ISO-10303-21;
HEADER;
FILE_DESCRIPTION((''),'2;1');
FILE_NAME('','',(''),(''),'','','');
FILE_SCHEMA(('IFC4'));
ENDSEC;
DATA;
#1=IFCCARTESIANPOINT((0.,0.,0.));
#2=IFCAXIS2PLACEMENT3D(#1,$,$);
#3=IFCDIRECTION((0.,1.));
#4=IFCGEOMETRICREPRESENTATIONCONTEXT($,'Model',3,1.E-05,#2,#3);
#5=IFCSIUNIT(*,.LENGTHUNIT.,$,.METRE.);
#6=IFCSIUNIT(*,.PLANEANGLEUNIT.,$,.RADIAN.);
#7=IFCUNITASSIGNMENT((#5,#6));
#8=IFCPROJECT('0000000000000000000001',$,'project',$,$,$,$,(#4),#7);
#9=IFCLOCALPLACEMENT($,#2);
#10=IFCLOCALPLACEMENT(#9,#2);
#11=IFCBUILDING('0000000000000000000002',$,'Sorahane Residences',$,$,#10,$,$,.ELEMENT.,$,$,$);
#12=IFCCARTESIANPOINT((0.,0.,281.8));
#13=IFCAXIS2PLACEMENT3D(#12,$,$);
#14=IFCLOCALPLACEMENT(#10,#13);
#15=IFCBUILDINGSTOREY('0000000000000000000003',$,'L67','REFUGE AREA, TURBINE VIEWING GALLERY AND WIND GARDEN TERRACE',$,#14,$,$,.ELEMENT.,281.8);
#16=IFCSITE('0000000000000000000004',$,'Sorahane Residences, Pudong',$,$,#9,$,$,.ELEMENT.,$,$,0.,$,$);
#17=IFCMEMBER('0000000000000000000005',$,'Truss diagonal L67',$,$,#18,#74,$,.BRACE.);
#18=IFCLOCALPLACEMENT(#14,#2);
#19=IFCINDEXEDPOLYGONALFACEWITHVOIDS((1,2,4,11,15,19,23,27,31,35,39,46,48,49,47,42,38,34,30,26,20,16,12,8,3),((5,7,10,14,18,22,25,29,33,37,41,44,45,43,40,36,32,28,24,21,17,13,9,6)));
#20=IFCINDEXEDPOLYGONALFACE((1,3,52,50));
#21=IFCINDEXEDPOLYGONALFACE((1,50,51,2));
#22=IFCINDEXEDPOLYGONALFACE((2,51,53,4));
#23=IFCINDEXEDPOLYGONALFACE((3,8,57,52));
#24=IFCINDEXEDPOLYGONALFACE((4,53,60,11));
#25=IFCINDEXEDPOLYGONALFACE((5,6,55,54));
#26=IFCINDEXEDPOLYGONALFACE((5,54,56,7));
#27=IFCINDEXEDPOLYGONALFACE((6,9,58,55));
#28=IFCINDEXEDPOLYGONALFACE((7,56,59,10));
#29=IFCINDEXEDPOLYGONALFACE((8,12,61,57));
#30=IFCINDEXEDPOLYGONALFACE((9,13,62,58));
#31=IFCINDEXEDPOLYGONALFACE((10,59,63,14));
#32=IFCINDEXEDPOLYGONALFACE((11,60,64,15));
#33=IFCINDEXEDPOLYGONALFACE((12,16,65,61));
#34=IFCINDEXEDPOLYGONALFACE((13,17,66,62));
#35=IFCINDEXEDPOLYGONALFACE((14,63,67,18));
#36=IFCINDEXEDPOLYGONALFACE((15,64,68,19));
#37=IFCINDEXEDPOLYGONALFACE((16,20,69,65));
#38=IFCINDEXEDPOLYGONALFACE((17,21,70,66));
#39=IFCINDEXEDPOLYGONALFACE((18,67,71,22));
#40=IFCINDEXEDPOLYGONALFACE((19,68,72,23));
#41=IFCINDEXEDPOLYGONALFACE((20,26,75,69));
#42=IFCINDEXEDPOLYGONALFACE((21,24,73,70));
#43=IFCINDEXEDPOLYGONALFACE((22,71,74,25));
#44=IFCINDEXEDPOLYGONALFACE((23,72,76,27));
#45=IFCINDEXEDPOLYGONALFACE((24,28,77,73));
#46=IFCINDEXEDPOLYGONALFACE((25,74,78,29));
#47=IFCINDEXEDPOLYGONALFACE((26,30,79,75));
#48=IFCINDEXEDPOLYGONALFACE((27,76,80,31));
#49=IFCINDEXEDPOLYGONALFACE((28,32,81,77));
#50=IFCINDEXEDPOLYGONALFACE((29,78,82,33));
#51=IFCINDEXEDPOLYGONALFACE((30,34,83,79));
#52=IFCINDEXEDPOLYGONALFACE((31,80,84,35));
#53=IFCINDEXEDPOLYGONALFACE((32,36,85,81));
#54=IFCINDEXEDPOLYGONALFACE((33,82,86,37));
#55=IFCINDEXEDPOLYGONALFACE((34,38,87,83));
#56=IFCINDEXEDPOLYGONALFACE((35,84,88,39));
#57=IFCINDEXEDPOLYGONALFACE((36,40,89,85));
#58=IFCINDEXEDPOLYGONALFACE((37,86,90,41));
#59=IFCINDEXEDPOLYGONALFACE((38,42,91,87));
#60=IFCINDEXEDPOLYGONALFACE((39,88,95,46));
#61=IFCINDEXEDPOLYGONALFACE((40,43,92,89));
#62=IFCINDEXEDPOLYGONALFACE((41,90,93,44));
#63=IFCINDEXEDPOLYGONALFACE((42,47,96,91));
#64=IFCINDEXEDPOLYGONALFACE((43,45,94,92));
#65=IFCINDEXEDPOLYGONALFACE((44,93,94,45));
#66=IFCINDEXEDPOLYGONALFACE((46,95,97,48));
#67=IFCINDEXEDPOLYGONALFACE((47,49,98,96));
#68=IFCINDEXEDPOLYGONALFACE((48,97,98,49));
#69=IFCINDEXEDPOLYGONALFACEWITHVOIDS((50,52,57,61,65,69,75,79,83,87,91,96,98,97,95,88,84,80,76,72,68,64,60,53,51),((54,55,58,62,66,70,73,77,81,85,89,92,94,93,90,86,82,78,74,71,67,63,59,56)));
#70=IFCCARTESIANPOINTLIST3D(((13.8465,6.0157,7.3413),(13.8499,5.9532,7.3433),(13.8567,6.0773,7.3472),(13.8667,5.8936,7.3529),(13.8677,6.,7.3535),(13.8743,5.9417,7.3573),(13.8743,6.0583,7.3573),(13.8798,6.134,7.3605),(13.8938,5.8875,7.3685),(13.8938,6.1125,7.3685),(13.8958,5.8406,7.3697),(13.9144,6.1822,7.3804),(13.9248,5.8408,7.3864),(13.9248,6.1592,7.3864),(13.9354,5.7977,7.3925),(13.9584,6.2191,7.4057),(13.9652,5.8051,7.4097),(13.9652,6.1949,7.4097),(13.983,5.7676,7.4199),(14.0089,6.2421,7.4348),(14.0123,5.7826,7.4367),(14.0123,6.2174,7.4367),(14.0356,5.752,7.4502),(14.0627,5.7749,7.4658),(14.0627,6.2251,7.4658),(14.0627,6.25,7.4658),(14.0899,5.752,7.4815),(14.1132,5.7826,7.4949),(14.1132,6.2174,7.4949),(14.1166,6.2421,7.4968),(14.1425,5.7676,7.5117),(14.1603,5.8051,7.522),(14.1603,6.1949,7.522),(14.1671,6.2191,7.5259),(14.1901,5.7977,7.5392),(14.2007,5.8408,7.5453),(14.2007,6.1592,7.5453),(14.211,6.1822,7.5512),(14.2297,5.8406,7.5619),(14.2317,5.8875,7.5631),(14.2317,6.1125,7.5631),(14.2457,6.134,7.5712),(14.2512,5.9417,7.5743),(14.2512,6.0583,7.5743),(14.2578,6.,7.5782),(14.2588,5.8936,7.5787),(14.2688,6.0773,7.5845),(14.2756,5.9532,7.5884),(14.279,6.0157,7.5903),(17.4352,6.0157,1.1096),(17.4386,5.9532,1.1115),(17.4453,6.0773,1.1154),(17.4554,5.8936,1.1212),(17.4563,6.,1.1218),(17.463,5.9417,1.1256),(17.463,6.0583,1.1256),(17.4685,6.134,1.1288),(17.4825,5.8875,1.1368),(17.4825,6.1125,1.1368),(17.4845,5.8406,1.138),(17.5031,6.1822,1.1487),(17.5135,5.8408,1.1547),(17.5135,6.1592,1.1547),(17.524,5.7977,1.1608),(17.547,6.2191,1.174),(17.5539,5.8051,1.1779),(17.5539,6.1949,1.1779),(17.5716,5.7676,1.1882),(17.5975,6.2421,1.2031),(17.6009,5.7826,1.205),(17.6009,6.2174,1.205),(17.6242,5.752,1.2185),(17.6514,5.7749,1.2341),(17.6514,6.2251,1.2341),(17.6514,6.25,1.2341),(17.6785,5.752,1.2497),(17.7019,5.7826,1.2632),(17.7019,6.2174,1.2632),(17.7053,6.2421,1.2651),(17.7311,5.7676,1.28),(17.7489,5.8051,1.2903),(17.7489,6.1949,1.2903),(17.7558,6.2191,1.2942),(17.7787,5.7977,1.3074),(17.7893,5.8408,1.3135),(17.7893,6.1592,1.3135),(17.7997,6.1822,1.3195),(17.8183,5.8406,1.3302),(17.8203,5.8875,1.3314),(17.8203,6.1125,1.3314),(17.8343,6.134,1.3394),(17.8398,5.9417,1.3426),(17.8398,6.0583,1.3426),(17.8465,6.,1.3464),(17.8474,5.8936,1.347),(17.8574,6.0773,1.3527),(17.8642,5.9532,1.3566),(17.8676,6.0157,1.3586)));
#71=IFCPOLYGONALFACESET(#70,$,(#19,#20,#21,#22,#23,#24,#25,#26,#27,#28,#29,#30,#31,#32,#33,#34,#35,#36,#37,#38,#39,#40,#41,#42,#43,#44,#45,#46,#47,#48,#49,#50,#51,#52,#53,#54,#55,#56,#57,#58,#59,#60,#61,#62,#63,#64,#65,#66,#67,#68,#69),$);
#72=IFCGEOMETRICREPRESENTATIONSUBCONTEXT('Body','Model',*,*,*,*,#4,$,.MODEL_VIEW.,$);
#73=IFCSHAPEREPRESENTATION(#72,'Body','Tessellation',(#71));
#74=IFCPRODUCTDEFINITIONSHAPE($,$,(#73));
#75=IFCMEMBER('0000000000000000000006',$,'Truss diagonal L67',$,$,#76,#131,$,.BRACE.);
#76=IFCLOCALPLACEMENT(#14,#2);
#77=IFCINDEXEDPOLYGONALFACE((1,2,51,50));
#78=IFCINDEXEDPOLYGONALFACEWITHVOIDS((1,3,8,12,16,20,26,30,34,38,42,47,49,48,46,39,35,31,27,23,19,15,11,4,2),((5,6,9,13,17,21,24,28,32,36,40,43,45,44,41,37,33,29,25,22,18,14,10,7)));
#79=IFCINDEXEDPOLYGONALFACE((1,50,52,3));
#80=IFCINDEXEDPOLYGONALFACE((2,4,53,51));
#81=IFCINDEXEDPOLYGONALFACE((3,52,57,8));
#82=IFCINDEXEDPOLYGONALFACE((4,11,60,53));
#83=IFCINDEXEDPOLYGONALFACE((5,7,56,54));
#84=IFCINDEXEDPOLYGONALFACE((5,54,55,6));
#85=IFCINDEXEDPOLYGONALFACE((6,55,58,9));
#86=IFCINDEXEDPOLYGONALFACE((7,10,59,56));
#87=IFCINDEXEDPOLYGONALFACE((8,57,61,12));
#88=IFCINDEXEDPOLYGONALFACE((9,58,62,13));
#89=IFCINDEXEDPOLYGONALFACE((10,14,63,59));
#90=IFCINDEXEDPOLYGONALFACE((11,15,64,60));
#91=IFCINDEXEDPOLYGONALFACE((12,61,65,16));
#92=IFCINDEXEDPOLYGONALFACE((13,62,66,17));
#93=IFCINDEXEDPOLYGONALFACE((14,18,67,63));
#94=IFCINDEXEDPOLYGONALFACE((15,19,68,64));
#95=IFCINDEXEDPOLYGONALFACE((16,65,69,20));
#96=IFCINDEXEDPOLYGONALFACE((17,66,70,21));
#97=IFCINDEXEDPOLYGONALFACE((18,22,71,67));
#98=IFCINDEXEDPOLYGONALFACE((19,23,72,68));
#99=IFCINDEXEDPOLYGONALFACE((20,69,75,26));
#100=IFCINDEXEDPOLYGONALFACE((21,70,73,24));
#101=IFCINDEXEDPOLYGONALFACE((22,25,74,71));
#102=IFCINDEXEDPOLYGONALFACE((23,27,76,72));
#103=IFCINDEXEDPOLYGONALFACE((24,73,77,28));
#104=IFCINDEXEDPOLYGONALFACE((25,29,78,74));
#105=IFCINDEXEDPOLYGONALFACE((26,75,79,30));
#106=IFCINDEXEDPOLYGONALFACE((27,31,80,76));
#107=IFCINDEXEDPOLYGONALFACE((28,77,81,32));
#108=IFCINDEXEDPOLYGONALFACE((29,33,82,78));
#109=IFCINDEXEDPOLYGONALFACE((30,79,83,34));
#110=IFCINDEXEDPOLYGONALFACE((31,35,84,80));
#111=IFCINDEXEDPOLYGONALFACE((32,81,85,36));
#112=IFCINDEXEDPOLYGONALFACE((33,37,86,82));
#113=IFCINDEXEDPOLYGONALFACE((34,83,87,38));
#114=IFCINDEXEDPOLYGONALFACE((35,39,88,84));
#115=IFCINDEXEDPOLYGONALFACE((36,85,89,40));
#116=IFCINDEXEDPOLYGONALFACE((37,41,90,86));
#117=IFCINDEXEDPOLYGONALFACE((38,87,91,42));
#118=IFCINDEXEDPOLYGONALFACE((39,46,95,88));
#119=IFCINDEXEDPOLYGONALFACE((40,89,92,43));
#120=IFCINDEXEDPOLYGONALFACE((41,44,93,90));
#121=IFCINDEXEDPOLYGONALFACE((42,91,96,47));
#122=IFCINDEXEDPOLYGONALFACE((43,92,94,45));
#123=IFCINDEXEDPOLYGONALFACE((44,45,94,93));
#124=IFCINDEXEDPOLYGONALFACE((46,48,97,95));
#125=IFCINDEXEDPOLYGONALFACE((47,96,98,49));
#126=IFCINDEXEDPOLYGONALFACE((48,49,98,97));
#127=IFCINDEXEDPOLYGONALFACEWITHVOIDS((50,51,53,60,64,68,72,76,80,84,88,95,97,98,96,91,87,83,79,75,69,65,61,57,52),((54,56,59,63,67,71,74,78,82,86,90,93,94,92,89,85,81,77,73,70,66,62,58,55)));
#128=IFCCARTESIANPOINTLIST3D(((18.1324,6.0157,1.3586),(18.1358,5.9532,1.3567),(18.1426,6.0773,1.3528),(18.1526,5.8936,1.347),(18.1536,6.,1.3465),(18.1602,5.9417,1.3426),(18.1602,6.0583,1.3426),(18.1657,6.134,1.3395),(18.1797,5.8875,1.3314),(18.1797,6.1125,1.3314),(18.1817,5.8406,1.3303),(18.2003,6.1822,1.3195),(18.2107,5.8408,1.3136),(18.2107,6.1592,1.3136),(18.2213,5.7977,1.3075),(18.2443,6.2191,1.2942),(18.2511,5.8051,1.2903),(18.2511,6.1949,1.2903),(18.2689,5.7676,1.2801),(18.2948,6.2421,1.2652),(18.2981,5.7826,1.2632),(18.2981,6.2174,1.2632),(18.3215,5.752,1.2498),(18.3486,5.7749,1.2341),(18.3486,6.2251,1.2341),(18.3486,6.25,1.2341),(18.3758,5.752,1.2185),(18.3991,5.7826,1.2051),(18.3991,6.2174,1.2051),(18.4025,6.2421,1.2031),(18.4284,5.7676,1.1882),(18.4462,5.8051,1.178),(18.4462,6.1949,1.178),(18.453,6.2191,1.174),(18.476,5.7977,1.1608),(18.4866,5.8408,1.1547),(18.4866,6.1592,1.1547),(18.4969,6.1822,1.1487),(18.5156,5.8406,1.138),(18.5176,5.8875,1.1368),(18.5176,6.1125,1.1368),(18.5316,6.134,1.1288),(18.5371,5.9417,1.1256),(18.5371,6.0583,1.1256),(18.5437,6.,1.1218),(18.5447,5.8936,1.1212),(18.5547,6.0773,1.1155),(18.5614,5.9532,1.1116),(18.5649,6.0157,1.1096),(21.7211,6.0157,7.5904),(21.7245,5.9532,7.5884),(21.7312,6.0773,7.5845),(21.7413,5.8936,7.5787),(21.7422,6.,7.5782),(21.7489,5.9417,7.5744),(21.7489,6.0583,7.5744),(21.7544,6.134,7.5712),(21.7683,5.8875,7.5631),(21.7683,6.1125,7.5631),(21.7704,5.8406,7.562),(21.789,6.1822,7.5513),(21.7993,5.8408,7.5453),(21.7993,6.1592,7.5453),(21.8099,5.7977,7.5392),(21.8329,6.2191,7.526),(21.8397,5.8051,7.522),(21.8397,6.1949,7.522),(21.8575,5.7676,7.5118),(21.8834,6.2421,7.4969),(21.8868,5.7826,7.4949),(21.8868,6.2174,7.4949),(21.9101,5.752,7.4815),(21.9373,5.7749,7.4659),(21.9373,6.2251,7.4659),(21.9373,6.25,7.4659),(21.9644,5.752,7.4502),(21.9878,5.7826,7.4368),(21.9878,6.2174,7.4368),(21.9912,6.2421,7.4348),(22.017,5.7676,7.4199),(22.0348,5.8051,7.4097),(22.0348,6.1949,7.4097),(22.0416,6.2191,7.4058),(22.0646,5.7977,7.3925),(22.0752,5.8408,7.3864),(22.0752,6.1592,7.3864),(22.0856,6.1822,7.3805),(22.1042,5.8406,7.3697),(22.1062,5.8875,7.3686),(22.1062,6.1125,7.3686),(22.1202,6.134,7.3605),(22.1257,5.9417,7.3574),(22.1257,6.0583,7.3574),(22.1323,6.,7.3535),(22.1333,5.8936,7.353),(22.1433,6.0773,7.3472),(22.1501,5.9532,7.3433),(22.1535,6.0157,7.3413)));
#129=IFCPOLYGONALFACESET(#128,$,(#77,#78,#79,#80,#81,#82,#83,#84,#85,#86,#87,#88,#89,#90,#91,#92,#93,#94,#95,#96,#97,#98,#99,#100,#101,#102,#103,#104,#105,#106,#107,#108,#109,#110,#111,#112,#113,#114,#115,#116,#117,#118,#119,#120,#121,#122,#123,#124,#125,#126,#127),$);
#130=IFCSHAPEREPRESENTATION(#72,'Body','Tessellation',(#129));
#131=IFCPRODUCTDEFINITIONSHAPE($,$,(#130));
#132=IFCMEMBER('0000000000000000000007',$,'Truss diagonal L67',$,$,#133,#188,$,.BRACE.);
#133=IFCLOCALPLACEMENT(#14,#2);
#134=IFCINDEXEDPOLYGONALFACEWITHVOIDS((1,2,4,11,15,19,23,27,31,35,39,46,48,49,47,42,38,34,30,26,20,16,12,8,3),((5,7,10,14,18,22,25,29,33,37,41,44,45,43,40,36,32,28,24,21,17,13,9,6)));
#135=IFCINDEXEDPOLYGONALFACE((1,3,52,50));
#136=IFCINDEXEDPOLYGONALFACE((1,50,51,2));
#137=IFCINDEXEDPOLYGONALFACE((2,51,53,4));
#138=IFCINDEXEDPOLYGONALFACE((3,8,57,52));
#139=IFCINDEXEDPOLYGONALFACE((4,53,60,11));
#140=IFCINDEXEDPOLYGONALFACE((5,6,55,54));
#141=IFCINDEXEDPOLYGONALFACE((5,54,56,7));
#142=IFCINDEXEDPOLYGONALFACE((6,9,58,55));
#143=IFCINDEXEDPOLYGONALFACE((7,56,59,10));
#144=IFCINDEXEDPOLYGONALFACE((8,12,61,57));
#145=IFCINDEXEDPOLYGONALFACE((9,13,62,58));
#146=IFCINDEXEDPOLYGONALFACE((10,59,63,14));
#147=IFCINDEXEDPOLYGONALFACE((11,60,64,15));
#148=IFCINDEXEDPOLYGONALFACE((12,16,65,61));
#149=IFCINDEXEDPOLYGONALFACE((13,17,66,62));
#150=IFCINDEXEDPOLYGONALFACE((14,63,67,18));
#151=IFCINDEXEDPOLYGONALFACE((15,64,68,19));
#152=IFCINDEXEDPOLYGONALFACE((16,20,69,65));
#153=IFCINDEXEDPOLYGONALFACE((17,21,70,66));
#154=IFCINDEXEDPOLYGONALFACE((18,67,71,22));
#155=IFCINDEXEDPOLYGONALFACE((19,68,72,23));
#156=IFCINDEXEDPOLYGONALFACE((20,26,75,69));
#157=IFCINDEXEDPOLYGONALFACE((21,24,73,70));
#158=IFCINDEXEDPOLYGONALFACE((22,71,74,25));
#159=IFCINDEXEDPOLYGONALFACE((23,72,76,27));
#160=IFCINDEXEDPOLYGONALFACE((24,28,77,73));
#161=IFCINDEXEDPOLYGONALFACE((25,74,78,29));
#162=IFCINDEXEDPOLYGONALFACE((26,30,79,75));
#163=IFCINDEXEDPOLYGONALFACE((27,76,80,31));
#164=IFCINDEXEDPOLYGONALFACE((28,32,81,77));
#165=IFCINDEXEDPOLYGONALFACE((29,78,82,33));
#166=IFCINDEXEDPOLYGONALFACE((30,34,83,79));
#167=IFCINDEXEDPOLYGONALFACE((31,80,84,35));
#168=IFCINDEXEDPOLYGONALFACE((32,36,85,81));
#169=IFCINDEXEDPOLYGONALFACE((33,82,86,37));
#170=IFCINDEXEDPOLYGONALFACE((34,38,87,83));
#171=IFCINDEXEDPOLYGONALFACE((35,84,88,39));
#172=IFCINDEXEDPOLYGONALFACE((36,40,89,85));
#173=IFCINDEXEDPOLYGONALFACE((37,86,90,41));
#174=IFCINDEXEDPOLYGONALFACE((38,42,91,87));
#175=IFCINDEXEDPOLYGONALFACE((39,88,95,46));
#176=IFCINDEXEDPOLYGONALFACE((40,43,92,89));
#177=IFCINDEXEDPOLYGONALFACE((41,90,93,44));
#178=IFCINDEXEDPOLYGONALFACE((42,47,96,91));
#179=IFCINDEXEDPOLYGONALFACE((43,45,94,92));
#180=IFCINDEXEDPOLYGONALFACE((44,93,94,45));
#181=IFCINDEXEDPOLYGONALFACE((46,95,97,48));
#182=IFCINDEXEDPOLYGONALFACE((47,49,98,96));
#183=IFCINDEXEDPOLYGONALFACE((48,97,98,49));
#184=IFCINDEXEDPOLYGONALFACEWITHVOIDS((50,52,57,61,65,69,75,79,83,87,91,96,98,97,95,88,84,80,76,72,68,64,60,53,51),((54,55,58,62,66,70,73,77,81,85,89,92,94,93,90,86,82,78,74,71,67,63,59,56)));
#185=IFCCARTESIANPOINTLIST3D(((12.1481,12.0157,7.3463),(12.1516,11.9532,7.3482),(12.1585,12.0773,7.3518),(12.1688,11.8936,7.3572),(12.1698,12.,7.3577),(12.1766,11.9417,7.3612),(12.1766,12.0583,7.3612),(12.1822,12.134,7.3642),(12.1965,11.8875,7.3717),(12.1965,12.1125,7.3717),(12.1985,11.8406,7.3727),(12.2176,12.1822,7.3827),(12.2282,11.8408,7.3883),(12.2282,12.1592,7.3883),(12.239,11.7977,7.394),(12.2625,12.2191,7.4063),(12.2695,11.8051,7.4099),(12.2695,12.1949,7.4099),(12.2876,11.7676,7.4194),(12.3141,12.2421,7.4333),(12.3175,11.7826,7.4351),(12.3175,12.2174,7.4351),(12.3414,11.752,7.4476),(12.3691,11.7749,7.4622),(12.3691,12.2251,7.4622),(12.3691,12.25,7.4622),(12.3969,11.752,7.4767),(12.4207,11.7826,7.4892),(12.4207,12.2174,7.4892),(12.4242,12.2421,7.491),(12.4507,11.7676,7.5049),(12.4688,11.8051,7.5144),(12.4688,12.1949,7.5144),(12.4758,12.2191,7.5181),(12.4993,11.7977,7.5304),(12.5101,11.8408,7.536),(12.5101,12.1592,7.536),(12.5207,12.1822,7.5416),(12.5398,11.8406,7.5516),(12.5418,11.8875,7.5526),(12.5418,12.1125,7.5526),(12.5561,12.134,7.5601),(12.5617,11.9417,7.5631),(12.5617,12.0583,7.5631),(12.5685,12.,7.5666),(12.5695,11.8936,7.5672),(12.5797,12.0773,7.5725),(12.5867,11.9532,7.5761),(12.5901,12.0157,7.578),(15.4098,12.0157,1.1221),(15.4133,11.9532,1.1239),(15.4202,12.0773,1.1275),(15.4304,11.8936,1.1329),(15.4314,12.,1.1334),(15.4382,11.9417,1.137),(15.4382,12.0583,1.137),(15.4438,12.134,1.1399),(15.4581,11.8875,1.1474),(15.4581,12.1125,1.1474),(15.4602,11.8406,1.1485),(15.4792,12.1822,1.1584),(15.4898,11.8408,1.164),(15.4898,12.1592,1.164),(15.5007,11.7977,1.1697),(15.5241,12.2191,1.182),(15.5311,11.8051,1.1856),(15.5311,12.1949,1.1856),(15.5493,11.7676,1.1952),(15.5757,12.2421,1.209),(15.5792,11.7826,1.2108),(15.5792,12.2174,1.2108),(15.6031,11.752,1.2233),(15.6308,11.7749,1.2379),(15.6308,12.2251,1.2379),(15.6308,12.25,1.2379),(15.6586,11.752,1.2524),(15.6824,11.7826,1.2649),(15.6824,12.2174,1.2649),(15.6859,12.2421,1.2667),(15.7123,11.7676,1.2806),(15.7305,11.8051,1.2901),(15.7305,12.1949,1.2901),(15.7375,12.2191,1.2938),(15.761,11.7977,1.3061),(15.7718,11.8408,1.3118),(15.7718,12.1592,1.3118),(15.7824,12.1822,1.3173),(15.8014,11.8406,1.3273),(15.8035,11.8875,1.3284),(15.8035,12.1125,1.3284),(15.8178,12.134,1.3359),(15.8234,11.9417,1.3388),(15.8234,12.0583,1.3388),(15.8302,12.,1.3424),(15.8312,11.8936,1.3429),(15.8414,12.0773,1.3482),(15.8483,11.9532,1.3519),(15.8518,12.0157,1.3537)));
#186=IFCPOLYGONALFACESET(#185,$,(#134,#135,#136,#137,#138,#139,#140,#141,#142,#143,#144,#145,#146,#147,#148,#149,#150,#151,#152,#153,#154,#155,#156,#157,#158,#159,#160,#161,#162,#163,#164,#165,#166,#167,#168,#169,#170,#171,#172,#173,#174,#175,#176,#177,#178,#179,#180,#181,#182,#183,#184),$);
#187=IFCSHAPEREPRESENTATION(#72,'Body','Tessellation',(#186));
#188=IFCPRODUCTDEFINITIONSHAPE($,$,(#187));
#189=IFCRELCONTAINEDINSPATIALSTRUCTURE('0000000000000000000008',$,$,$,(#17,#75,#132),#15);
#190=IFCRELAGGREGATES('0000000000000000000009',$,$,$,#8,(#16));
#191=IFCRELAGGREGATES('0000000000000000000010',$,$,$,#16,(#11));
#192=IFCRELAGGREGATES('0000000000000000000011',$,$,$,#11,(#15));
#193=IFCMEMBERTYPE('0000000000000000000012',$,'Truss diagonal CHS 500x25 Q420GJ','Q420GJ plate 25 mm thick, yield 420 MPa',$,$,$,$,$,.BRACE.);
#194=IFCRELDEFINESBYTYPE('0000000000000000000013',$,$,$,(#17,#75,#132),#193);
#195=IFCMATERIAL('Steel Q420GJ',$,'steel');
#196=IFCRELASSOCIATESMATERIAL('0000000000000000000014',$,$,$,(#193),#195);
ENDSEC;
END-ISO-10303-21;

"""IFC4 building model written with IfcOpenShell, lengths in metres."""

from ifc_helpers import new_model, si_unit, direction, frame, origin, origin_2d, place, context, subcontext, project, spatial, hollow_circle, extrude, material, material_profile, profile_set, type_object, element, save


model = new_model("IFC4")

# Units and contexts
model_context = context("Model", 3, precision=1e-05, world=origin(), true_north=direction((0.0, 1.0)))
body_context = subcontext(model_context, "Body", "Model", "MODEL_VIEW")
ifc_project = project(units=[si_unit("LENGTHUNIT", "METRE"), si_unit("PLANEANGLEUNIT", "RADIAN")], contexts=[model_context])

# Site, building, storey
site_placement = place(None, origin())
site = spatial("IfcSite", under=ifc_project, at=site_placement, Name="Sorahane Residences, Pudong", CompositionType="ELEMENT", RefElevation=0.0)
building_placement = place(site_placement, origin())
building = spatial("IfcBuilding", under=site, at=building_placement, Name="Sorahane Residences", CompositionType="ELEMENT")
storey_placement = place(building_placement, frame((0.0, 0.0, 281.8)))
storey = spatial("IfcBuildingStorey", under=building, at=storey_placement, Name="L67", Description="REFUGE AREA, TURBINE VIEWING GALLERY AND WIND GARDEN TERRACE", CompositionType="ELEMENT", Elevation=281.8)

# Members
ifc_material_1 = material(Name="Steel Q420GJ", Category="steel")
ifc_material_profile_1 = material_profile(ifc_material_1, hollow_circle(Radius=0.25, WallThickness=0.0249, at=origin_2d()), Name="CHS 500x25")
ifc_profile_set_1 = profile_set([ifc_material_profile_1], Name="Steel Q420GJ")
member_type = type_object("IfcMemberType", Name="Truss diagonal CHS 500x25 Q420GJ", Description="Q420GJ plate 25 mm thick, yield 420 MPa", PredefinedType="BRACE", material=ifc_profile_set_1)
for number, where, z_axis, x_axis, name in (
    (1, (14.0627, 6.0, 7.4658), (0.499036, 0.0, -0.866582), (0.0, 1.0, 0.0), "Truss diagonal L67"),
    (2, (18.3486, 6.0, 1.2341), (0.499036, 0.0, 0.866582), (0.0, 1.0, 0.0), "Truss diagonal L67"),
):
    element("IfcMember", number, at=place(storey_placement, frame(where, z_axis=z_axis, x_axis=x_axis)), inside=storey, type_object=member_type, Name=name, PredefinedType="BRACE", context=body_context, shape_type="SweptSolid", body=[
        extrude(hollow_circle(Radius=0.25, WallThickness=0.0249, at=origin_2d()), origin(), (0.0, 0.0, 1.0), 7.1912),
    ])
for number, where, z_axis, x_axis, name in (
    (3, (12.3691, 12.0, 7.4622), (0.464156, 0.0, -0.885753), (0.0, 1.0, 0.0), "Truss diagonal L67"),
):
    element("IfcMember", number, at=place(storey_placement, frame(where, z_axis=z_axis, x_axis=x_axis)), inside=storey, type_object=member_type, Name=name, PredefinedType="BRACE", context=body_context, shape_type="SweptSolid", body=[
        extrude(hollow_circle(Radius=0.25, WallThickness=0.0249, at=origin_2d()), origin(), (0.0, 0.0, 1.0), 7.0271),
    ])

save(model, "model.ifc")
